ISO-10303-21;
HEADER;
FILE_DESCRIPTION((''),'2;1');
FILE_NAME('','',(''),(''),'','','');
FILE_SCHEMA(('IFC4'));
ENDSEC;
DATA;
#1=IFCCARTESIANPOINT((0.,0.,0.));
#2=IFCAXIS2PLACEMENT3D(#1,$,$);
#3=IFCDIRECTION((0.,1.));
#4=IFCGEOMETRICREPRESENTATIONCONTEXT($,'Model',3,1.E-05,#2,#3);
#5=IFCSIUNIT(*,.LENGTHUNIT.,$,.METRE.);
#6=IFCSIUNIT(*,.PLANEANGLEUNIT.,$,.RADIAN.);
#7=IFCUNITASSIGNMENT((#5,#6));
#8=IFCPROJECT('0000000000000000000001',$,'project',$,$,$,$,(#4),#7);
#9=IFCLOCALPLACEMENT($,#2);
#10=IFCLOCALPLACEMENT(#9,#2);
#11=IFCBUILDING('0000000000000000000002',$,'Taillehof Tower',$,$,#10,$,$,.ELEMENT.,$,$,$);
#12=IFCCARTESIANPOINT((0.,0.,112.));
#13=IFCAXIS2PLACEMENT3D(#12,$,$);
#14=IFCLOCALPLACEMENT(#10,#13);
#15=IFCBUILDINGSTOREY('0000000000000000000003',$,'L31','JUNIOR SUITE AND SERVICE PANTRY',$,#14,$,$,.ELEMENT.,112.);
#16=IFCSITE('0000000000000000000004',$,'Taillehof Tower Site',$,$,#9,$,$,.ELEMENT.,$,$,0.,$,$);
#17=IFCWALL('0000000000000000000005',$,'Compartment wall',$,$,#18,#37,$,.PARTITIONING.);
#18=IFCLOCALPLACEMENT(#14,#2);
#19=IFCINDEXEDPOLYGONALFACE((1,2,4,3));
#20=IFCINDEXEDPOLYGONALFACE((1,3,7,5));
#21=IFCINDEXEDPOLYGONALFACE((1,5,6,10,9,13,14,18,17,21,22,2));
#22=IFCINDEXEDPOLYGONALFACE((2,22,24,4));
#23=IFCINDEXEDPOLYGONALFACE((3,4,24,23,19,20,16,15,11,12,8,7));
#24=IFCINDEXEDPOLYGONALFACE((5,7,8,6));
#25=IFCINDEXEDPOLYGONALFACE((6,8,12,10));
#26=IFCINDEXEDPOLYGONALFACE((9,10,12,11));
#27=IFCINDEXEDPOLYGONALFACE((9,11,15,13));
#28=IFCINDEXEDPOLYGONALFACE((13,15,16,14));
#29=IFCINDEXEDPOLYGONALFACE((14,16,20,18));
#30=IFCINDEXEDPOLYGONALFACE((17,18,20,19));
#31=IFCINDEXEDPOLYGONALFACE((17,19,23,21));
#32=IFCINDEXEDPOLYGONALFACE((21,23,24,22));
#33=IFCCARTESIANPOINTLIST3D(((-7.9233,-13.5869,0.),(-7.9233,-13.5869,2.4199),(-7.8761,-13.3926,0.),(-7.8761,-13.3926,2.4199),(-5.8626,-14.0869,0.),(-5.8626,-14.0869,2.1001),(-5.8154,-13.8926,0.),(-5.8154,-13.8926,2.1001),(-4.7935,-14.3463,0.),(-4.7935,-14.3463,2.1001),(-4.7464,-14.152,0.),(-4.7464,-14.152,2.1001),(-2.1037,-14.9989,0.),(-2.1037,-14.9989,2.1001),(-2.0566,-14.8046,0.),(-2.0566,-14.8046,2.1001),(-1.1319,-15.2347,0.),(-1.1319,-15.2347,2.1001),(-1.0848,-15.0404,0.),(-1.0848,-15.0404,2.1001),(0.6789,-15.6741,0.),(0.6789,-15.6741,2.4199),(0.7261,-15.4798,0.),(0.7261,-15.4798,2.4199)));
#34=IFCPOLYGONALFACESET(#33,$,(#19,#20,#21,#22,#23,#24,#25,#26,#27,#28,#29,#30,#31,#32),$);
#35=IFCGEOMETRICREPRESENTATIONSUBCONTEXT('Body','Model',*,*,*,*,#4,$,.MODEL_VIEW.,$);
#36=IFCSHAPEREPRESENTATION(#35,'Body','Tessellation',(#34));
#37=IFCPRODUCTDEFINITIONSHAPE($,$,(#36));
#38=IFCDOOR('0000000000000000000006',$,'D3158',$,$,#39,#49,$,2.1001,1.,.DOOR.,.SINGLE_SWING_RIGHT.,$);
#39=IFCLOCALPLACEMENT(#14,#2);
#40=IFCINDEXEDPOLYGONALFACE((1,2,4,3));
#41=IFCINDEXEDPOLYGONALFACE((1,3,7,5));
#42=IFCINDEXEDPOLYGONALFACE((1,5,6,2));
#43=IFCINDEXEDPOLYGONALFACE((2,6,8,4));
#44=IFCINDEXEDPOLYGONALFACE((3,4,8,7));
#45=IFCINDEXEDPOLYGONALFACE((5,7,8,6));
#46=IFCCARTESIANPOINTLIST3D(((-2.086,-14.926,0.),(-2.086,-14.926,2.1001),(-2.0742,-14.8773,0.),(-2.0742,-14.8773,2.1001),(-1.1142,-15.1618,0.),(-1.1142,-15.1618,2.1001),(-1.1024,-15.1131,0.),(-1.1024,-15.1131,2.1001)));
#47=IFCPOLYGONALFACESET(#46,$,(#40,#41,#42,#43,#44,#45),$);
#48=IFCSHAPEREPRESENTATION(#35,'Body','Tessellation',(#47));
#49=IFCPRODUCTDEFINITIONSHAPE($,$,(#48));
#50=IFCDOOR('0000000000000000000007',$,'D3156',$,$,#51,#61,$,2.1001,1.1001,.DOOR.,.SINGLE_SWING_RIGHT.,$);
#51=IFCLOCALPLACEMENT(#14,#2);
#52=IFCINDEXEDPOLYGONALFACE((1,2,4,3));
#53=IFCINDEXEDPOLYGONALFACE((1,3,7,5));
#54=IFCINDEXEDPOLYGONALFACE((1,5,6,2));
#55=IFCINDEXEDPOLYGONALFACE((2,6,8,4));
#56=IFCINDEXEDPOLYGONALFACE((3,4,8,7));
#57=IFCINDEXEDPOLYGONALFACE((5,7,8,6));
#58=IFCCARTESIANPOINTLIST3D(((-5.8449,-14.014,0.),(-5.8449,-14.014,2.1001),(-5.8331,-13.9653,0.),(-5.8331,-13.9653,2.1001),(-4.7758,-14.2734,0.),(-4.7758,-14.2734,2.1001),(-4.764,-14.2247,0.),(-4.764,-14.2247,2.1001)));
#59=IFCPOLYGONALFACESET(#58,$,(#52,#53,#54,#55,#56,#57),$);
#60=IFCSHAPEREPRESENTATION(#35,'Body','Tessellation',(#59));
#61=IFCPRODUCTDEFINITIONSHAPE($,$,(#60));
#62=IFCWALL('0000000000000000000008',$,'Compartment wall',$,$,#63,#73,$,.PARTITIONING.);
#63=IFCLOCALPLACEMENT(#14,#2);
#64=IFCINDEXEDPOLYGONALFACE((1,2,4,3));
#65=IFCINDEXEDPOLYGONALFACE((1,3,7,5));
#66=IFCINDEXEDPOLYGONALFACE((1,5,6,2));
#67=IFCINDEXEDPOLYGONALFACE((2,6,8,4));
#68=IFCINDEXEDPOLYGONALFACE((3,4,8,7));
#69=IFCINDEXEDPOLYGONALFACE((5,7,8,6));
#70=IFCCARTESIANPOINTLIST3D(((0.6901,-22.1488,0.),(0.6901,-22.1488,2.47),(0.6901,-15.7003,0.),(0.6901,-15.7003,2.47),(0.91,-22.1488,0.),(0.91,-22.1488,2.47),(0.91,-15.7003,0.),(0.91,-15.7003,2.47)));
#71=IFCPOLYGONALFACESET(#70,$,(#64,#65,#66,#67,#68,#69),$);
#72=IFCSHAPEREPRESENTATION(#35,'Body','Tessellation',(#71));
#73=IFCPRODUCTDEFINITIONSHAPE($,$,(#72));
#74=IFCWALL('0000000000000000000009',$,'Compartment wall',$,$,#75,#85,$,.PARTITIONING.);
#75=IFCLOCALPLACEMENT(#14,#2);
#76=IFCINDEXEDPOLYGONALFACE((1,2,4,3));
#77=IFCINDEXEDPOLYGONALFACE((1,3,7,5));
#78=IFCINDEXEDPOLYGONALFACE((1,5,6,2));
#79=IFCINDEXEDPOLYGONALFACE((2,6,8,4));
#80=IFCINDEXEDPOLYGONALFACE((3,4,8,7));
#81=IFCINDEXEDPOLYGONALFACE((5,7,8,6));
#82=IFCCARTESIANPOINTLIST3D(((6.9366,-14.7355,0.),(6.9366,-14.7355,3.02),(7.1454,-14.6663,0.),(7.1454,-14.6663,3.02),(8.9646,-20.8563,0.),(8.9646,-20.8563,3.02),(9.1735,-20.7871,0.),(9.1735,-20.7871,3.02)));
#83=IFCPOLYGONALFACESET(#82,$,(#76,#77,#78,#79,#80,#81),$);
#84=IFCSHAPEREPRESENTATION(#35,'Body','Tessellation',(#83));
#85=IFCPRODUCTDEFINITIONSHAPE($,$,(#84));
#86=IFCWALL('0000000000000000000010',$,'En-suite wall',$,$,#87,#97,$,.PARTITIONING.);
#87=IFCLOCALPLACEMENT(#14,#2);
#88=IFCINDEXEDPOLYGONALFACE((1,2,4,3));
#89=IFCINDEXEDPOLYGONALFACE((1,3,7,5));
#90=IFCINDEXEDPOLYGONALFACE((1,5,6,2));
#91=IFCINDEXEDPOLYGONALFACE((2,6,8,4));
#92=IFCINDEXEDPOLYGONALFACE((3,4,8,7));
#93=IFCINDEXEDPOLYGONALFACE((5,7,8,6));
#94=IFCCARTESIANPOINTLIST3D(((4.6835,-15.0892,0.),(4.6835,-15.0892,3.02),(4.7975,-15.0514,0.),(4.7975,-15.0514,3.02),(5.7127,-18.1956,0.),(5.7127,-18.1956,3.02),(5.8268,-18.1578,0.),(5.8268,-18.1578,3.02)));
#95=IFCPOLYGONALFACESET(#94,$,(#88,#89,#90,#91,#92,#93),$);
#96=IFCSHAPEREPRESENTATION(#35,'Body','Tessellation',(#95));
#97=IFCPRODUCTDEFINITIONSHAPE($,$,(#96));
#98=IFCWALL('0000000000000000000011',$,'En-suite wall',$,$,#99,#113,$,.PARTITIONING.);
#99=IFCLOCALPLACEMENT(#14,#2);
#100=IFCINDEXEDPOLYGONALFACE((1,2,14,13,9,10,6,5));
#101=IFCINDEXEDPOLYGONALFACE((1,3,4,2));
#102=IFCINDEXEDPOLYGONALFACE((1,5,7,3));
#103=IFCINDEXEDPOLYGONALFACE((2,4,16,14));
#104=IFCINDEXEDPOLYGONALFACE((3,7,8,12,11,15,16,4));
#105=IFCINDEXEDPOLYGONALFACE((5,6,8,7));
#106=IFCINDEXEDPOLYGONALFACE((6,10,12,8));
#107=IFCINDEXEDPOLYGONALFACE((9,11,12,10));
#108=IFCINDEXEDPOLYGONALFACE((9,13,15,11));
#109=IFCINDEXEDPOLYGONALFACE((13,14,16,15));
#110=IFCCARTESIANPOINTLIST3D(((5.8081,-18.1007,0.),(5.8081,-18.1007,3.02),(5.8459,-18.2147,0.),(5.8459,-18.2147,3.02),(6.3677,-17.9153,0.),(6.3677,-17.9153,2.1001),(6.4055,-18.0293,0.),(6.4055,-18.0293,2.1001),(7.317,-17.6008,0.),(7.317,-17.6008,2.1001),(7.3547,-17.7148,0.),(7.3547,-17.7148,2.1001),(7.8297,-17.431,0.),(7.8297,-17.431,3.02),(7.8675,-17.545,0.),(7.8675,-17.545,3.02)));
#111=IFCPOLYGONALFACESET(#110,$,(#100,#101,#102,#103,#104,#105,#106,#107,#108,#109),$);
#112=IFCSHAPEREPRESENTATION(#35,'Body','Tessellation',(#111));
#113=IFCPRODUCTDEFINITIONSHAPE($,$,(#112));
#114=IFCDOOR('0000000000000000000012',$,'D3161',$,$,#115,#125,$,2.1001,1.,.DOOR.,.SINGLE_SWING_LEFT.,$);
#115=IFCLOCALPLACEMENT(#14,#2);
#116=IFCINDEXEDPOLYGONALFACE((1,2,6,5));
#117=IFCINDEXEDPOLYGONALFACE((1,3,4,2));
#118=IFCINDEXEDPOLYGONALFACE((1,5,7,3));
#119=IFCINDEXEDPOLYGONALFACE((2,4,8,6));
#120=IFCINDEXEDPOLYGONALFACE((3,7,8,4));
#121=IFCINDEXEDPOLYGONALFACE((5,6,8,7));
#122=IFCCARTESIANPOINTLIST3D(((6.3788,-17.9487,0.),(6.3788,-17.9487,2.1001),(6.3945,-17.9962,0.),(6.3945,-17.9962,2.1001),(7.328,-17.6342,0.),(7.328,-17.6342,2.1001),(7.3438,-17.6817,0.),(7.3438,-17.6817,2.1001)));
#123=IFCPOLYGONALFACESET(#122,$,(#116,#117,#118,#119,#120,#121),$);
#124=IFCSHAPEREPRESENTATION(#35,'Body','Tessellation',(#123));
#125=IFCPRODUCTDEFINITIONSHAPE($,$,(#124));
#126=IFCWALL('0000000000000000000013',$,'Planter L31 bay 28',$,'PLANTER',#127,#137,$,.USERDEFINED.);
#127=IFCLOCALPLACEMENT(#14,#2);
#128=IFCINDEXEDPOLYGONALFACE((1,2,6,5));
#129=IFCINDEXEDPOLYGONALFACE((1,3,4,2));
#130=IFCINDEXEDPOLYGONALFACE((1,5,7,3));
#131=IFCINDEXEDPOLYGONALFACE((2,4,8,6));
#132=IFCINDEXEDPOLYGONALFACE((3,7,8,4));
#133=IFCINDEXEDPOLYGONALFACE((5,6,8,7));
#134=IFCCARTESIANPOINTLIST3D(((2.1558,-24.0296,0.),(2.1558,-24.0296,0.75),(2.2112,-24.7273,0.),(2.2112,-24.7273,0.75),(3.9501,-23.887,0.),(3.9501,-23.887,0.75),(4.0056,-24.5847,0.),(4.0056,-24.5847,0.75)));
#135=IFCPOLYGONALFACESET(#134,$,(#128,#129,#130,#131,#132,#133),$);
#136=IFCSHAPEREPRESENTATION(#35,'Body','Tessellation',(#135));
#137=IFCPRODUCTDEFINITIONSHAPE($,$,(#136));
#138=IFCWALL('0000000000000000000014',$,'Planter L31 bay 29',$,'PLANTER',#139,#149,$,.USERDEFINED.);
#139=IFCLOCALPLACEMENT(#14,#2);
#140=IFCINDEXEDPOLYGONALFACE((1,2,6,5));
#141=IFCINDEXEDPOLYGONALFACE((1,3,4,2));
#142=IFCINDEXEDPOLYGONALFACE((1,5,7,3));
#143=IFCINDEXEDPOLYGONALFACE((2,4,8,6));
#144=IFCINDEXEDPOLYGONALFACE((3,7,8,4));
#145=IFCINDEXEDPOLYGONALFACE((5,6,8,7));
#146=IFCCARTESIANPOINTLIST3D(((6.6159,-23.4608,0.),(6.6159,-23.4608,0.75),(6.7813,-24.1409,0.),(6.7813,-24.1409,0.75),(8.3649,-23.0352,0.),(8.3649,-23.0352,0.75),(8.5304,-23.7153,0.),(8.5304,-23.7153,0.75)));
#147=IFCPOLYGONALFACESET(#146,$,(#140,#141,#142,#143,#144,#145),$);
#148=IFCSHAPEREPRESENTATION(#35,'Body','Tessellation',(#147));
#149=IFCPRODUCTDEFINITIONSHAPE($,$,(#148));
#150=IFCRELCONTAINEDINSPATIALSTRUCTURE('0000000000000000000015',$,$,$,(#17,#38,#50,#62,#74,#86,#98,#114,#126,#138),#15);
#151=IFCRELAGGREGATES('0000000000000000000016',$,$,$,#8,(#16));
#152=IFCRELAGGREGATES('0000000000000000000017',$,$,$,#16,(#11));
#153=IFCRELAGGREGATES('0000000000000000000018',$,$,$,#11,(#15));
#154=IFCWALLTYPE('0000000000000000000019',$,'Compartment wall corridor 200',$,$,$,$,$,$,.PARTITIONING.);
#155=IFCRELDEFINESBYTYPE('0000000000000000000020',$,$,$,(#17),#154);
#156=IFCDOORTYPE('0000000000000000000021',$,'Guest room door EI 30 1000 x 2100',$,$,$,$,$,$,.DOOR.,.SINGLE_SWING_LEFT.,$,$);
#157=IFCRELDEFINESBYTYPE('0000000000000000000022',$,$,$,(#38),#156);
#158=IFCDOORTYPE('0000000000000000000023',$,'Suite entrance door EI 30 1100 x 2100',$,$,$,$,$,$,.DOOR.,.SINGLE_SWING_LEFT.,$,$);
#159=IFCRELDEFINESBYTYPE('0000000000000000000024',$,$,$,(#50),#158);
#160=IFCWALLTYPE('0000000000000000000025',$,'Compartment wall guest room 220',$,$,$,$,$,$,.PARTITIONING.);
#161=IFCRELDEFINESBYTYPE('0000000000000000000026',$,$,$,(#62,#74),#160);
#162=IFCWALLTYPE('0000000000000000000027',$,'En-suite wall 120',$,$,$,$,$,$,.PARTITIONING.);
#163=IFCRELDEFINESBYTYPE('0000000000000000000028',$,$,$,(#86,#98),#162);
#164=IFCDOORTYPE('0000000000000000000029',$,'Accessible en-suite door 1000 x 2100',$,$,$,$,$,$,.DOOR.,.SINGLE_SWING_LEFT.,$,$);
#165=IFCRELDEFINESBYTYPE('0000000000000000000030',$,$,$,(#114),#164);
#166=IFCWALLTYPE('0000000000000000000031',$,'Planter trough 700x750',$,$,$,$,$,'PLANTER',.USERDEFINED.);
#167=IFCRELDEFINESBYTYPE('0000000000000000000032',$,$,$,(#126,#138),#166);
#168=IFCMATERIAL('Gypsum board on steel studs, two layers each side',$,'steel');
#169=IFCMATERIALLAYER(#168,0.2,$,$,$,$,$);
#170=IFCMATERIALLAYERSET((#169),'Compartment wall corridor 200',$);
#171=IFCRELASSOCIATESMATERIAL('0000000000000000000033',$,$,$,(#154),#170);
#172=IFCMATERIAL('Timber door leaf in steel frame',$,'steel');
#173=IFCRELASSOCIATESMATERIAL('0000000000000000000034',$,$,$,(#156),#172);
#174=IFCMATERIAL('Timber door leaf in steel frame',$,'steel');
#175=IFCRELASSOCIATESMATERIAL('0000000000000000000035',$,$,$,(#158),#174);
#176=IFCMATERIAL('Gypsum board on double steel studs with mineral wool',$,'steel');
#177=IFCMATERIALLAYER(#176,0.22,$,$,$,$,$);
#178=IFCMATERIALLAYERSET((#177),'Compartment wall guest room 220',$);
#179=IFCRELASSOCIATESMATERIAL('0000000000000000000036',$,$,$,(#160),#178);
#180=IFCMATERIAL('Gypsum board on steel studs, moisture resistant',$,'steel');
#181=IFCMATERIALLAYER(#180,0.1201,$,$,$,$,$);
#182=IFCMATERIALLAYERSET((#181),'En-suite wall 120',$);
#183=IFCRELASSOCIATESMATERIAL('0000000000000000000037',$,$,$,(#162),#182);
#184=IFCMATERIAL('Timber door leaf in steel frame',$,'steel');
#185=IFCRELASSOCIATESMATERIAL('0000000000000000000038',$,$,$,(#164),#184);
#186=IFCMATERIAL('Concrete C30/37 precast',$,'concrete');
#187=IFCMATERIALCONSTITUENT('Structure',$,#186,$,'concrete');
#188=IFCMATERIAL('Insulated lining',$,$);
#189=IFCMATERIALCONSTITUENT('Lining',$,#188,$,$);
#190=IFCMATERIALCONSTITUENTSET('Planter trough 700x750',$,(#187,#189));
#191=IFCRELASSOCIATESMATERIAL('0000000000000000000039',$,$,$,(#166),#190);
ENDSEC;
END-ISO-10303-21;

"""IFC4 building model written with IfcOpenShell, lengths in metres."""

from ifc_helpers import new_model, si_unit, direction, frame, frame_2d, origin, place, context, subcontext, project, spatial, rectangle, extrude, material, layer, layer_set, constituent, constituent_set, type_object, element, fill, save


model = new_model("IFC4")

# Units and contexts
model_context = context("Model", 3, precision=1e-05, world=origin(), true_north=direction((0.0, 1.0)))
body_context = subcontext(model_context, "Body", "Model", "MODEL_VIEW")
ifc_project = project(units=[si_unit("LENGTHUNIT", "METRE"), si_unit("PLANEANGLEUNIT", "RADIAN")], contexts=[model_context])

# Site, building, storey
site_placement = place(None, origin())
site = spatial("IfcSite", under=ifc_project, at=site_placement, Name="Taillehof Tower Site", CompositionType="ELEMENT", RefElevation=0.0)
building_placement = place(site_placement, origin())
building = spatial("IfcBuilding", under=site, at=building_placement, Name="Taillehof Tower", CompositionType="ELEMENT")
storey_placement = place(building_placement, frame((0.0, 0.0, 112.0)))
storey = spatial("IfcBuildingStorey", under=building, at=storey_placement, Name="L31", Description="JUNIOR SUITE AND SERVICE PANTRY", CompositionType="ELEMENT", Elevation=112.0)

# Wall, openings, doors
ifc_material_1 = material(Name="Gypsum board on steel studs, two layers each side", Category="steel")
ifc_layer_1 = layer(ifc_material_1, 0.2)
ifc_layer_set_1 = layer_set([ifc_layer_1], Name="Compartment wall corridor 200")
wall_type_1 = type_object("IfcWallType", Name="Compartment wall corridor 200", PredefinedType="PARTITIONING", material=ifc_layer_set_1)
wall_1_placement = place(storey_placement, frame((0.7024, -15.5769, 0.0), z_axis=(0.0, 0.0, 1.0), x_axis=(-0.971805, 0.235787, 0.0)))
wall_1 = element("IfcWall", 1, at=wall_1_placement, inside=storey, type_object=wall_type_1, Name="Compartment wall", PredefinedType="PARTITIONING", context=body_context, shape_type="SweptSolid", body=[
    extrude(rectangle(XDim=8.8518, YDim=0.2, at=frame_2d((4.4258, 0.0))), origin(), (0.0, 0.0, 1.0), 2.4199),
])
opening_1_placement = place(wall_1_placement, frame((5.6311, 0.0, 0.0)))
opening_1 = element("IfcOpeningElement", 2, at=opening_1_placement, cuts=wall_1, PredefinedType="OPENING", context=body_context, shape_type="SweptSolid", body=[
    extrude(rectangle(XDim=1.1001, YDim=2.1001, at=frame_2d((0.55, 1.05))), frame((0.0, 0.1099, 0.0), z_axis=(0.0, -1.0, 0.0), x_axis=(1.0, 0.0, 0.0)), (0.0, 0.0, 1.0), 0.22),
])
opening_2_placement = place(wall_1_placement, frame((1.8633, 0.0, 0.0)))
opening_2 = element("IfcOpeningElement", 3, at=opening_2_placement, cuts=wall_1, PredefinedType="OPENING", context=body_context, shape_type="SweptSolid", body=[
    extrude(rectangle(XDim=1.0, YDim=2.1001, at=frame_2d((0.5, 1.05))), frame((0.0, 0.1099, 0.0), z_axis=(0.0, -1.0, 0.0), x_axis=(1.0, 0.0, 0.0)), (0.0, 0.0, 1.0), 0.22),
])
ifc_material_2 = material(Name="Timber door leaf in steel frame", Category="steel")
door_type_1 = type_object("IfcDoorType", Name="Guest room door EI 30 1000 x 2100", OperationType="SINGLE_SWING_LEFT", PredefinedType="DOOR", material=ifc_material_2)
door_1_placement = place(opening_2_placement, origin())
door_1 = element("IfcDoor", 4, at=door_1_placement, inside=storey, type_object=door_type_1, Name="D3158", OperationType="SINGLE_SWING_RIGHT", OverallHeight=2.1001, OverallWidth=1.0, PredefinedType="DOOR", context=body_context, shape_type="SweptSolid", body=[
    extrude(rectangle(XDim=1.0, YDim=2.1001, at=frame_2d((0.5, 1.05))), frame((0.0, 0.0249, 0.0), z_axis=(0.0, -1.0, 0.0), x_axis=(1.0, 0.0, 0.0)), (0.0, 0.0, 1.0), 0.05),
])
fill(opening_2, door_1)
ifc_material_3 = material(Name="Timber door leaf in steel frame", Category="steel")
door_type_2 = type_object("IfcDoorType", Name="Suite entrance door EI 30 1100 x 2100", OperationType="SINGLE_SWING_LEFT", PredefinedType="DOOR", material=ifc_material_3)
door_2_placement = place(opening_1_placement, origin())
door_2 = element("IfcDoor", 5, at=door_2_placement, inside=storey, type_object=door_type_2, Name="D3156", OperationType="SINGLE_SWING_RIGHT", OverallHeight=2.1001, OverallWidth=1.1001, PredefinedType="DOOR", context=body_context, shape_type="SweptSolid", body=[
    extrude(rectangle(XDim=1.1001, YDim=2.1001, at=frame_2d((0.55, 1.05))), frame((0.0, 0.0249, 0.0), z_axis=(0.0, -1.0, 0.0), x_axis=(1.0, 0.0, 0.0)), (0.0, 0.0, 1.0), 0.05),
])
fill(opening_1, door_2)

# Walls
ifc_material_4 = material(Name="Gypsum board on double steel studs with mineral wool", Category="steel")
ifc_layer_2 = layer(ifc_material_4, 0.22)
ifc_layer_set_2 = layer_set([ifc_layer_2], Name="Compartment wall guest room 220")
wall_type_2 = type_object("IfcWallType", Name="Compartment wall guest room 220", PredefinedType="PARTITIONING", material=ifc_layer_set_2)
wall_2_placement = place(storey_placement, frame((0.8, -22.1487, 0.0), z_axis=(0.0, 0.0, 1.0), x_axis=(0.0, 1.0, 0.0)))
element("IfcWall", 6, at=wall_2_placement, inside=storey, type_object=wall_type_2, Name="Compartment wall", PredefinedType="PARTITIONING", context=body_context, shape_type="SweptSolid", body=[
    extrude(rectangle(XDim=6.4485, YDim=0.22, at=frame_2d((3.2241, 0.0))), origin(), (0.0, 0.0, 1.0), 2.47),
])
wall_3_placement = place(storey_placement, frame((9.0691, -20.8218, 0.0), z_axis=(0.0, 0.0, 1.0), x_axis=(-0.314523, 0.94925, 0.0)))
element("IfcWall", 7, at=wall_3_placement, inside=storey, type_object=wall_type_2, Name="Compartment wall", PredefinedType="PARTITIONING", context=body_context, shape_type="SweptSolid", body=[
    extrude(rectangle(XDim=6.448, YDim=0.22, at=frame_2d((3.2241, 0.0))), origin(), (0.0, 0.0, 1.0), 3.02),
])
ifc_material_5 = material(Name="Gypsum board on steel studs, moisture resistant", Category="steel")
ifc_layer_3 = layer(ifc_material_5, 0.1201)
ifc_layer_set_3 = layer_set([ifc_layer_3], Name="En-suite wall 120")
wall_type_3 = type_object("IfcWallType", Name="En-suite wall 120", PredefinedType="PARTITIONING", material=ifc_layer_set_3)
wall_4_placement = place(storey_placement, frame((4.7405, -15.0703, 0.0), z_axis=(0.0, 0.0, 1.0), x_axis=(0.314526, -0.949249, 0.0)))
element("IfcWall", 8, at=wall_4_placement, inside=storey, type_object=wall_type_3, Name="En-suite wall", PredefinedType="PARTITIONING", context=body_context, shape_type="SweptSolid", body=[
    extrude(rectangle(XDim=3.2725, YDim=0.1201, at=frame_2d((1.6362, 0.0))), origin(), (0.0, 0.0, 1.0), 3.02),
])

# Wall, opening, door
wall_5_placement = place(storey_placement, frame((5.8269, -18.1577, 0.0), z_axis=(0.0, 0.0, 1.0), x_axis=(0.949266, 0.314473, 0.0)))
wall_5 = element("IfcWall", 9, at=wall_5_placement, inside=storey, type_object=wall_type_3, Name="En-suite wall", PredefinedType="PARTITIONING", context=body_context, shape_type="SweptSolid", body=[
    extrude(rectangle(XDim=2.1296, YDim=0.1201, at=frame_2d((1.0649, 0.0))), origin(), (0.0, 0.0, 1.0), 3.02),
])
opening_3_placement = place(wall_5_placement, frame((0.5896, 0.0, 0.0)))
opening_3 = element("IfcOpeningElement", 10, at=opening_3_placement, cuts=wall_5, PredefinedType="OPENING", context=body_context, shape_type="SweptSolid", body=[
    extrude(rectangle(XDim=1.0, YDim=2.1001, at=frame_2d((0.5, 1.05))), frame((0.0, 0.0701, 0.0), z_axis=(0.0, -1.0, 0.0), x_axis=(1.0, 0.0, 0.0)), (0.0, 0.0, 1.0), 0.1401),
])
ifc_material_6 = material(Name="Timber door leaf in steel frame", Category="steel")
door_type_3 = type_object("IfcDoorType", Name="Accessible en-suite door 1000 x 2100", OperationType="SINGLE_SWING_LEFT", PredefinedType="DOOR", material=ifc_material_6)
door_3_placement = place(opening_3_placement, origin())
door_3 = element("IfcDoor", 11, at=door_3_placement, inside=storey, type_object=door_type_3, Name="D3161", OperationType="SINGLE_SWING_LEFT", OverallHeight=2.1001, OverallWidth=1.0, PredefinedType="DOOR", context=body_context, shape_type="SweptSolid", body=[
    extrude(rectangle(XDim=1.0, YDim=2.1001, at=frame_2d((0.5, 1.05))), frame((0.0, 0.0249, 0.0), z_axis=(0.0, -1.0, 0.0), x_axis=(1.0, 0.0, 0.0)), (0.0, 0.0, 1.0), 0.05),
])
fill(opening_3, door_3)

# Walls
ifc_material_7 = material(Name="Concrete C30/37 precast", Category="concrete")
ifc_constituent_1 = constituent(ifc_material_7, Name="Structure", Category="concrete")
ifc_material_8 = material(Name="Insulated lining")
ifc_constituent_2 = constituent(ifc_material_8, Name="Lining")
ifc_constituent_set = constituent_set(constituents=[ifc_constituent_1, ifc_constituent_2], Name="Planter trough 700x750")
wall_type_4 = type_object("IfcWallType", Name="Planter trough 700x750", ElementType="PLANTER", PredefinedType="USERDEFINED", material=ifc_constituent_set)
for number, where, z_axis, x_axis, name in (
    (12, (2.1836, -24.3784, 0.0), (0.0, 0.0, 1.0), (0.996858, 0.079206, 0.0), "Planter L31 bay 28"),
    (13, (6.6987, -23.8008, 0.0), (0.0, 0.0, 1.0), (0.971655, 0.236403, 0.0), "Planter L31 bay 29"),
):
    element("IfcWall", number, at=place(storey_placement, frame(where, z_axis=z_axis, x_axis=x_axis)), inside=storey, type_object=wall_type_4, Name=name, ObjectType="PLANTER", PredefinedType="USERDEFINED", context=body_context, shape_type="SweptSolid", body=[
        extrude(rectangle(XDim=1.8, YDim=0.7, at=frame_2d((0.8999, 0.0))), origin(), (0.0, 0.0, 1.0), 0.75),
    ])

save(model, "model.ifc")
